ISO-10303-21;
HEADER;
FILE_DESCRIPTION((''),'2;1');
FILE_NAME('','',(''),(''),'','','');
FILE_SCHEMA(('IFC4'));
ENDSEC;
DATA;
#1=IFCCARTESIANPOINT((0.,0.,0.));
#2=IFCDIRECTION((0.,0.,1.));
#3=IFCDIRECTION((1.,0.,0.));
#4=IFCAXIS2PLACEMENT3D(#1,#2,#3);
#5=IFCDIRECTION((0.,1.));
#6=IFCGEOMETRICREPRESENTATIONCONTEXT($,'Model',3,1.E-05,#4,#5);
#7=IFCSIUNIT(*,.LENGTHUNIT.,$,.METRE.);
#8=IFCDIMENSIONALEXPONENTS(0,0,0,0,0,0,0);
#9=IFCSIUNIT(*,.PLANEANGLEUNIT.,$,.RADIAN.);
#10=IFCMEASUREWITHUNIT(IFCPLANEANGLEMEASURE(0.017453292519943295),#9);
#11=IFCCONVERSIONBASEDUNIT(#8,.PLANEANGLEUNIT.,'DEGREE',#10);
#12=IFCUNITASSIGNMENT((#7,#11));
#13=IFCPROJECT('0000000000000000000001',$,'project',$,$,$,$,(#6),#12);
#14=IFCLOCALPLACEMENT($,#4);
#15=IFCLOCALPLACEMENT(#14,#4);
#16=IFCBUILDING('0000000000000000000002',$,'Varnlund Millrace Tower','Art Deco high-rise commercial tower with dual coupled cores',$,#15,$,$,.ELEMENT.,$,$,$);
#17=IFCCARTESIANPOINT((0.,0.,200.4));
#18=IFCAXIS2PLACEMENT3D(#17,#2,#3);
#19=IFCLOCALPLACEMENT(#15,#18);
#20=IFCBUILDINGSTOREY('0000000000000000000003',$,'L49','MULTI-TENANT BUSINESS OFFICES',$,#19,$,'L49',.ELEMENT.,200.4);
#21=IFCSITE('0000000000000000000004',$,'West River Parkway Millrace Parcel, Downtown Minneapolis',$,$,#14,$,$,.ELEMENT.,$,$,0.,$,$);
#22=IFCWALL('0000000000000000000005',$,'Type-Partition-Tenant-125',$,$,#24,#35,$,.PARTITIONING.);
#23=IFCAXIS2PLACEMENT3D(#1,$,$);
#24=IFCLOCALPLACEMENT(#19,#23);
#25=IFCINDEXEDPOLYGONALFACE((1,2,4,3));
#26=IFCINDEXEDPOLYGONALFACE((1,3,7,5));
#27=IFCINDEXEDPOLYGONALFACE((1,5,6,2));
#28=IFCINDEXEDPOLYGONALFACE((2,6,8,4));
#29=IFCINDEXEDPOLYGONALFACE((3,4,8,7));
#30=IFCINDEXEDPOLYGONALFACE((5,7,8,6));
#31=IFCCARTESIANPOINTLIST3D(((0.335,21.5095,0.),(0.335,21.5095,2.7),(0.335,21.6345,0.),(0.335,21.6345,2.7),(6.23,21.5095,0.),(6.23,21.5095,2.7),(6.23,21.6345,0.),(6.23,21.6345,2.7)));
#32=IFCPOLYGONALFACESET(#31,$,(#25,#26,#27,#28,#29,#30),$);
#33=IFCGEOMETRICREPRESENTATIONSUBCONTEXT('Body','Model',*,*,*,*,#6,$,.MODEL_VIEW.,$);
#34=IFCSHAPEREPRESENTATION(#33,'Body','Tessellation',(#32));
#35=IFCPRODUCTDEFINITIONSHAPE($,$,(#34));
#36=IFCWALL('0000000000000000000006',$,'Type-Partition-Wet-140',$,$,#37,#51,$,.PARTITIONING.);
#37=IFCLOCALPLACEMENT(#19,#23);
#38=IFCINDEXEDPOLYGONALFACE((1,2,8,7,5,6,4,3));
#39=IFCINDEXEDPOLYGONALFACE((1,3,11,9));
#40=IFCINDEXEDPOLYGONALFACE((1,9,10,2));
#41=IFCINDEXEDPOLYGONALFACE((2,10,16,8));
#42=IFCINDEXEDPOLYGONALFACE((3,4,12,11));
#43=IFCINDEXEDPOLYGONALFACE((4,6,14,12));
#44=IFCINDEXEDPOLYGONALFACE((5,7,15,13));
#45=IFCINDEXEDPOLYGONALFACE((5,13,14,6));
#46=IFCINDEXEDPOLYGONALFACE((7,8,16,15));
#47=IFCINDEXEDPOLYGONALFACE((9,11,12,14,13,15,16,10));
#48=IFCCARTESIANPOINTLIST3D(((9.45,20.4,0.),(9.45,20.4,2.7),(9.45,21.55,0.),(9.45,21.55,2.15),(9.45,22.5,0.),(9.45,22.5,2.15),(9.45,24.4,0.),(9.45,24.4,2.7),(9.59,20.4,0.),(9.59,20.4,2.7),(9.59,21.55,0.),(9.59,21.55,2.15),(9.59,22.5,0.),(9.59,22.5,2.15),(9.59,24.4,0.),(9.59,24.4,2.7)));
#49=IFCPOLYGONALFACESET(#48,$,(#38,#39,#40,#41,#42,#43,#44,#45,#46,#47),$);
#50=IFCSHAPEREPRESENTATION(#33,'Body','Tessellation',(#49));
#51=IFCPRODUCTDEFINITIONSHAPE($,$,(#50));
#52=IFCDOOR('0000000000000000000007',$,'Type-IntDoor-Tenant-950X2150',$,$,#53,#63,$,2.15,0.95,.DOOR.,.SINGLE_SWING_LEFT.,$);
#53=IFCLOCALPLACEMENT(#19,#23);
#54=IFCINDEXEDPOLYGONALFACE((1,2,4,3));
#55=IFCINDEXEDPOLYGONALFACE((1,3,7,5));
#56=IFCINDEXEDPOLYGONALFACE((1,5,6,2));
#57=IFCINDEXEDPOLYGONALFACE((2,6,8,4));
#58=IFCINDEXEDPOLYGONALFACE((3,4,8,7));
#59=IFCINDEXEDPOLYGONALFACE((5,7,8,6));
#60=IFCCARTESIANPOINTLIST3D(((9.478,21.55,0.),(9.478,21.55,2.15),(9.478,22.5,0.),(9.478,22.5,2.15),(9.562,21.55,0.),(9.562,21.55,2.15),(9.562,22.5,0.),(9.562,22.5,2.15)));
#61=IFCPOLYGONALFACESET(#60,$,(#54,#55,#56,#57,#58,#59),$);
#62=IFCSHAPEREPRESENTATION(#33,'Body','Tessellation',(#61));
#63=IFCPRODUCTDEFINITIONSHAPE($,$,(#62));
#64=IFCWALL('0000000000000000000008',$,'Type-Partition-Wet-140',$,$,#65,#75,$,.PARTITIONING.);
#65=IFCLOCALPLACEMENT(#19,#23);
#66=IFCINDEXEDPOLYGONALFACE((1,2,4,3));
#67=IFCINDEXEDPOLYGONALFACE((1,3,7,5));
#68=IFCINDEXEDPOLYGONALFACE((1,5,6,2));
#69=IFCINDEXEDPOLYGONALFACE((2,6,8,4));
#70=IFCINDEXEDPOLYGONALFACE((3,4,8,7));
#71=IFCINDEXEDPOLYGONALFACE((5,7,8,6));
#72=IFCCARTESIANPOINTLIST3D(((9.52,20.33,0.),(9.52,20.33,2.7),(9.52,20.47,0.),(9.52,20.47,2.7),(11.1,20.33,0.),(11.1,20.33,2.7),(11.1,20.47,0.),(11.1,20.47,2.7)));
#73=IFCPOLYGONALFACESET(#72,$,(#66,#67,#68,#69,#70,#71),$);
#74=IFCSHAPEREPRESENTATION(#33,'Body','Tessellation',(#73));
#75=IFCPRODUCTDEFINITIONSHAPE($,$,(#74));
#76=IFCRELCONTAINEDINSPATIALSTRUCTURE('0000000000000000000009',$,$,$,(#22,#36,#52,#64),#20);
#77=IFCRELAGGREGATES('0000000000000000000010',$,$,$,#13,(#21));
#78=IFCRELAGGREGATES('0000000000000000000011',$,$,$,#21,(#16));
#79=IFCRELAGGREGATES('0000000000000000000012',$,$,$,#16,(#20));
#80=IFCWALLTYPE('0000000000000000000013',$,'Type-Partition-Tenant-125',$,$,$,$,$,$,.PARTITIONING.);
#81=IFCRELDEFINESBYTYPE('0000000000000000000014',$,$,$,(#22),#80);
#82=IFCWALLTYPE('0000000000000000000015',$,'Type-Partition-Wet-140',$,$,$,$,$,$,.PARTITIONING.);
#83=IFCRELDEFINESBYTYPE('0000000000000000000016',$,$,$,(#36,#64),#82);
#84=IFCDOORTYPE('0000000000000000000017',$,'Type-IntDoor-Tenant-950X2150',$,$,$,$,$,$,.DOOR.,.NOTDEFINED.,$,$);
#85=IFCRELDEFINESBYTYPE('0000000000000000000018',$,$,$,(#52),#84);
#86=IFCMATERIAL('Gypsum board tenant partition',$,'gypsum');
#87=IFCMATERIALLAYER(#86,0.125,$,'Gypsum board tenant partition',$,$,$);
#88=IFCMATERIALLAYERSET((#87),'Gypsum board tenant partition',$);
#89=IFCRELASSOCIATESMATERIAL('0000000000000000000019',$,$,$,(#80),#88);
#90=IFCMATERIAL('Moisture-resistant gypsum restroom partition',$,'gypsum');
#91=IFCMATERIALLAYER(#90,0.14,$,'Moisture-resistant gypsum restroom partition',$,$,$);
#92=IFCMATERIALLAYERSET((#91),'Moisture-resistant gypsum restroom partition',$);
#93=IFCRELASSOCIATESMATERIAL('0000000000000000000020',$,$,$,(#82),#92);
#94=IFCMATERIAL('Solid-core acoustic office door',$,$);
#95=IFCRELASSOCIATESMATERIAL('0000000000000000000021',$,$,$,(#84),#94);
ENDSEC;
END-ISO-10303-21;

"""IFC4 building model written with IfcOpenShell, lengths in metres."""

from ifc_helpers import new_model, entity, si_unit, converted_unit, direction, frame, origin_with_axes, origin_2d_with_axis, place, context, subcontext, project, spatial, polyline, rectangle, outline, extrude, material, layer, layer_set, type_object, element, fill, save


model = new_model("IFC4")

# Units and contexts
model_context = context("Model", 3, precision=1e-05, world=origin_with_axes(), true_north=direction((0.0, 1.0)))
body_context = subcontext(model_context, "Body", "Model", "MODEL_VIEW")
ifc_project = project(units=[si_unit("LENGTHUNIT", "METRE"), converted_unit("PLANEANGLEUNIT", "DEGREE", entity("IfcPlaneAngleMeasure", 0.017453292519943295), si_unit("PLANEANGLEUNIT", "RADIAN"), dimensions=[0, 0, 0, 0, 0, 0, 0])], contexts=[model_context])

# Site, building, storey
site_placement = place(None, origin_with_axes())
site = spatial("IfcSite", under=ifc_project, at=site_placement, Name="West River Parkway Millrace Parcel, Downtown Minneapolis", CompositionType="ELEMENT", RefElevation=0.0)
building_placement = place(site_placement, origin_with_axes())
building = spatial("IfcBuilding", under=site, at=building_placement, Name="Varnlund Millrace Tower", Description="Art Deco high-rise commercial tower with dual coupled cores", CompositionType="ELEMENT")
storey_placement = place(building_placement, frame((0.0, 0.0, 200.4), z_axis=(0.0, 0.0, 1.0), x_axis=(1.0, 0.0, 0.0)))
storey = spatial("IfcBuildingStorey", under=building, at=storey_placement, Name="L49", Description="MULTI-TENANT BUSINESS OFFICES", LongName="L49", CompositionType="ELEMENT", Elevation=200.4)

# Wall
ifc_material_1 = material(Name="Gypsum board tenant partition", Category="gypsum")
ifc_layer_1 = layer(ifc_material_1, 0.125, Name="Gypsum board tenant partition")
ifc_layer_set_1 = layer_set([ifc_layer_1], Name="Gypsum board tenant partition")
wall_type_1 = type_object("IfcWallType", Name="Type-Partition-Tenant-125", PredefinedType="PARTITIONING", material=ifc_layer_set_1)
wall_1_placement = place(storey_placement, frame((0.335, 21.572, 0.0), z_axis=(0.0, 0.0, 1.0), x_axis=(1.0, 0.0, 0.0)))
element("IfcWall", 1, at=wall_1_placement, inside=storey, type_object=wall_type_1, Name="Type-Partition-Tenant-125", PredefinedType="PARTITIONING", context=body_context, shape_type="SweptSolid", body=[
    extrude(outline(polyline([(0.0, -0.0625), (5.895, -0.0625), (5.895, 0.0625), (0.0, 0.0625), (0.0, -0.0625)])), origin_with_axes(), (0.0, 0.0, 1.0), 2.7),
])

# Wall, opening, door
ifc_material_2 = material(Name="Moisture-resistant gypsum restroom partition", Category="gypsum")
ifc_layer_2 = layer(ifc_material_2, 0.14, Name="Moisture-resistant gypsum restroom partition")
ifc_layer_set_2 = layer_set([ifc_layer_2], Name="Moisture-resistant gypsum restroom partition")
wall_type_2 = type_object("IfcWallType", Name="Type-Partition-Wet-140", PredefinedType="PARTITIONING", material=ifc_layer_set_2)
wall_2_placement = place(storey_placement, frame((9.52, 20.4, 0.0), z_axis=(0.0, 0.0, 1.0), x_axis=(0.0, 1.0, 0.0)))
wall_2 = element("IfcWall", 2, at=wall_2_placement, inside=storey, type_object=wall_type_2, Name="Type-Partition-Wet-140", PredefinedType="PARTITIONING", context=body_context, shape_type="SweptSolid", body=[
    extrude(outline(polyline([(0.0, -0.07), (4.0, -0.07), (4.0, 0.07), (0.0, 0.07), (0.0, -0.07)])), origin_with_axes(), (0.0, 0.0, 1.0), 2.7),
])
opening_1_placement = place(wall_2_placement, frame((1.625, 0.0, 0.0), z_axis=(0.0, 0.0, 1.0), x_axis=(1.0, 0.0, 0.0)))
opening_1 = element("IfcOpeningElement", 3, at=opening_1_placement, cuts=wall_2, PredefinedType="OPENING", context=body_context, shape_type="SweptSolid", body=[
    extrude(rectangle(XDim=0.95, YDim=0.16, at=origin_2d_with_axis()), origin_with_axes(), (0.0, 0.0, 1.0), 2.15),
])
ifc_material_3 = material(Name="Solid-core acoustic office door")
door_type_1 = type_object("IfcDoorType", Name="Type-IntDoor-Tenant-950X2150", OperationType="NOTDEFINED", PredefinedType="DOOR", material=ifc_material_3)
door_1_placement = place(wall_2_placement, frame((1.625, 0.0, 0.0), z_axis=(0.0, 0.0, 1.0), x_axis=(1.0, 0.0, 0.0)))
door_1 = element("IfcDoor", 4, at=door_1_placement, inside=storey, type_object=door_type_1, Name="Type-IntDoor-Tenant-950X2150", OperationType="SINGLE_SWING_LEFT", OverallHeight=2.15, OverallWidth=0.95, PredefinedType="DOOR", context=body_context, shape_type="SweptSolid", body=[
    extrude(rectangle(XDim=0.95, YDim=0.084, at=origin_2d_with_axis()), origin_with_axes(), (0.0, 0.0, 1.0), 2.15),
])
fill(opening_1, door_1)

# Wall
wall_3_placement = place(storey_placement, frame((9.52, 20.4, 0.0), z_axis=(0.0, 0.0, 1.0), x_axis=(1.0, 0.0, 0.0)))
element("IfcWall", 5, at=wall_3_placement, inside=storey, type_object=wall_type_2, Name="Type-Partition-Wet-140", PredefinedType="PARTITIONING", context=body_context, shape_type="SweptSolid", body=[
    extrude(outline(polyline([(0.0, -0.07), (1.58, -0.07), (1.58, 0.07), (0.0, 0.07), (0.0, -0.07)])), origin_with_axes(), (0.0, 0.0, 1.0), 2.7),
])

save(model, "model.ifc")
